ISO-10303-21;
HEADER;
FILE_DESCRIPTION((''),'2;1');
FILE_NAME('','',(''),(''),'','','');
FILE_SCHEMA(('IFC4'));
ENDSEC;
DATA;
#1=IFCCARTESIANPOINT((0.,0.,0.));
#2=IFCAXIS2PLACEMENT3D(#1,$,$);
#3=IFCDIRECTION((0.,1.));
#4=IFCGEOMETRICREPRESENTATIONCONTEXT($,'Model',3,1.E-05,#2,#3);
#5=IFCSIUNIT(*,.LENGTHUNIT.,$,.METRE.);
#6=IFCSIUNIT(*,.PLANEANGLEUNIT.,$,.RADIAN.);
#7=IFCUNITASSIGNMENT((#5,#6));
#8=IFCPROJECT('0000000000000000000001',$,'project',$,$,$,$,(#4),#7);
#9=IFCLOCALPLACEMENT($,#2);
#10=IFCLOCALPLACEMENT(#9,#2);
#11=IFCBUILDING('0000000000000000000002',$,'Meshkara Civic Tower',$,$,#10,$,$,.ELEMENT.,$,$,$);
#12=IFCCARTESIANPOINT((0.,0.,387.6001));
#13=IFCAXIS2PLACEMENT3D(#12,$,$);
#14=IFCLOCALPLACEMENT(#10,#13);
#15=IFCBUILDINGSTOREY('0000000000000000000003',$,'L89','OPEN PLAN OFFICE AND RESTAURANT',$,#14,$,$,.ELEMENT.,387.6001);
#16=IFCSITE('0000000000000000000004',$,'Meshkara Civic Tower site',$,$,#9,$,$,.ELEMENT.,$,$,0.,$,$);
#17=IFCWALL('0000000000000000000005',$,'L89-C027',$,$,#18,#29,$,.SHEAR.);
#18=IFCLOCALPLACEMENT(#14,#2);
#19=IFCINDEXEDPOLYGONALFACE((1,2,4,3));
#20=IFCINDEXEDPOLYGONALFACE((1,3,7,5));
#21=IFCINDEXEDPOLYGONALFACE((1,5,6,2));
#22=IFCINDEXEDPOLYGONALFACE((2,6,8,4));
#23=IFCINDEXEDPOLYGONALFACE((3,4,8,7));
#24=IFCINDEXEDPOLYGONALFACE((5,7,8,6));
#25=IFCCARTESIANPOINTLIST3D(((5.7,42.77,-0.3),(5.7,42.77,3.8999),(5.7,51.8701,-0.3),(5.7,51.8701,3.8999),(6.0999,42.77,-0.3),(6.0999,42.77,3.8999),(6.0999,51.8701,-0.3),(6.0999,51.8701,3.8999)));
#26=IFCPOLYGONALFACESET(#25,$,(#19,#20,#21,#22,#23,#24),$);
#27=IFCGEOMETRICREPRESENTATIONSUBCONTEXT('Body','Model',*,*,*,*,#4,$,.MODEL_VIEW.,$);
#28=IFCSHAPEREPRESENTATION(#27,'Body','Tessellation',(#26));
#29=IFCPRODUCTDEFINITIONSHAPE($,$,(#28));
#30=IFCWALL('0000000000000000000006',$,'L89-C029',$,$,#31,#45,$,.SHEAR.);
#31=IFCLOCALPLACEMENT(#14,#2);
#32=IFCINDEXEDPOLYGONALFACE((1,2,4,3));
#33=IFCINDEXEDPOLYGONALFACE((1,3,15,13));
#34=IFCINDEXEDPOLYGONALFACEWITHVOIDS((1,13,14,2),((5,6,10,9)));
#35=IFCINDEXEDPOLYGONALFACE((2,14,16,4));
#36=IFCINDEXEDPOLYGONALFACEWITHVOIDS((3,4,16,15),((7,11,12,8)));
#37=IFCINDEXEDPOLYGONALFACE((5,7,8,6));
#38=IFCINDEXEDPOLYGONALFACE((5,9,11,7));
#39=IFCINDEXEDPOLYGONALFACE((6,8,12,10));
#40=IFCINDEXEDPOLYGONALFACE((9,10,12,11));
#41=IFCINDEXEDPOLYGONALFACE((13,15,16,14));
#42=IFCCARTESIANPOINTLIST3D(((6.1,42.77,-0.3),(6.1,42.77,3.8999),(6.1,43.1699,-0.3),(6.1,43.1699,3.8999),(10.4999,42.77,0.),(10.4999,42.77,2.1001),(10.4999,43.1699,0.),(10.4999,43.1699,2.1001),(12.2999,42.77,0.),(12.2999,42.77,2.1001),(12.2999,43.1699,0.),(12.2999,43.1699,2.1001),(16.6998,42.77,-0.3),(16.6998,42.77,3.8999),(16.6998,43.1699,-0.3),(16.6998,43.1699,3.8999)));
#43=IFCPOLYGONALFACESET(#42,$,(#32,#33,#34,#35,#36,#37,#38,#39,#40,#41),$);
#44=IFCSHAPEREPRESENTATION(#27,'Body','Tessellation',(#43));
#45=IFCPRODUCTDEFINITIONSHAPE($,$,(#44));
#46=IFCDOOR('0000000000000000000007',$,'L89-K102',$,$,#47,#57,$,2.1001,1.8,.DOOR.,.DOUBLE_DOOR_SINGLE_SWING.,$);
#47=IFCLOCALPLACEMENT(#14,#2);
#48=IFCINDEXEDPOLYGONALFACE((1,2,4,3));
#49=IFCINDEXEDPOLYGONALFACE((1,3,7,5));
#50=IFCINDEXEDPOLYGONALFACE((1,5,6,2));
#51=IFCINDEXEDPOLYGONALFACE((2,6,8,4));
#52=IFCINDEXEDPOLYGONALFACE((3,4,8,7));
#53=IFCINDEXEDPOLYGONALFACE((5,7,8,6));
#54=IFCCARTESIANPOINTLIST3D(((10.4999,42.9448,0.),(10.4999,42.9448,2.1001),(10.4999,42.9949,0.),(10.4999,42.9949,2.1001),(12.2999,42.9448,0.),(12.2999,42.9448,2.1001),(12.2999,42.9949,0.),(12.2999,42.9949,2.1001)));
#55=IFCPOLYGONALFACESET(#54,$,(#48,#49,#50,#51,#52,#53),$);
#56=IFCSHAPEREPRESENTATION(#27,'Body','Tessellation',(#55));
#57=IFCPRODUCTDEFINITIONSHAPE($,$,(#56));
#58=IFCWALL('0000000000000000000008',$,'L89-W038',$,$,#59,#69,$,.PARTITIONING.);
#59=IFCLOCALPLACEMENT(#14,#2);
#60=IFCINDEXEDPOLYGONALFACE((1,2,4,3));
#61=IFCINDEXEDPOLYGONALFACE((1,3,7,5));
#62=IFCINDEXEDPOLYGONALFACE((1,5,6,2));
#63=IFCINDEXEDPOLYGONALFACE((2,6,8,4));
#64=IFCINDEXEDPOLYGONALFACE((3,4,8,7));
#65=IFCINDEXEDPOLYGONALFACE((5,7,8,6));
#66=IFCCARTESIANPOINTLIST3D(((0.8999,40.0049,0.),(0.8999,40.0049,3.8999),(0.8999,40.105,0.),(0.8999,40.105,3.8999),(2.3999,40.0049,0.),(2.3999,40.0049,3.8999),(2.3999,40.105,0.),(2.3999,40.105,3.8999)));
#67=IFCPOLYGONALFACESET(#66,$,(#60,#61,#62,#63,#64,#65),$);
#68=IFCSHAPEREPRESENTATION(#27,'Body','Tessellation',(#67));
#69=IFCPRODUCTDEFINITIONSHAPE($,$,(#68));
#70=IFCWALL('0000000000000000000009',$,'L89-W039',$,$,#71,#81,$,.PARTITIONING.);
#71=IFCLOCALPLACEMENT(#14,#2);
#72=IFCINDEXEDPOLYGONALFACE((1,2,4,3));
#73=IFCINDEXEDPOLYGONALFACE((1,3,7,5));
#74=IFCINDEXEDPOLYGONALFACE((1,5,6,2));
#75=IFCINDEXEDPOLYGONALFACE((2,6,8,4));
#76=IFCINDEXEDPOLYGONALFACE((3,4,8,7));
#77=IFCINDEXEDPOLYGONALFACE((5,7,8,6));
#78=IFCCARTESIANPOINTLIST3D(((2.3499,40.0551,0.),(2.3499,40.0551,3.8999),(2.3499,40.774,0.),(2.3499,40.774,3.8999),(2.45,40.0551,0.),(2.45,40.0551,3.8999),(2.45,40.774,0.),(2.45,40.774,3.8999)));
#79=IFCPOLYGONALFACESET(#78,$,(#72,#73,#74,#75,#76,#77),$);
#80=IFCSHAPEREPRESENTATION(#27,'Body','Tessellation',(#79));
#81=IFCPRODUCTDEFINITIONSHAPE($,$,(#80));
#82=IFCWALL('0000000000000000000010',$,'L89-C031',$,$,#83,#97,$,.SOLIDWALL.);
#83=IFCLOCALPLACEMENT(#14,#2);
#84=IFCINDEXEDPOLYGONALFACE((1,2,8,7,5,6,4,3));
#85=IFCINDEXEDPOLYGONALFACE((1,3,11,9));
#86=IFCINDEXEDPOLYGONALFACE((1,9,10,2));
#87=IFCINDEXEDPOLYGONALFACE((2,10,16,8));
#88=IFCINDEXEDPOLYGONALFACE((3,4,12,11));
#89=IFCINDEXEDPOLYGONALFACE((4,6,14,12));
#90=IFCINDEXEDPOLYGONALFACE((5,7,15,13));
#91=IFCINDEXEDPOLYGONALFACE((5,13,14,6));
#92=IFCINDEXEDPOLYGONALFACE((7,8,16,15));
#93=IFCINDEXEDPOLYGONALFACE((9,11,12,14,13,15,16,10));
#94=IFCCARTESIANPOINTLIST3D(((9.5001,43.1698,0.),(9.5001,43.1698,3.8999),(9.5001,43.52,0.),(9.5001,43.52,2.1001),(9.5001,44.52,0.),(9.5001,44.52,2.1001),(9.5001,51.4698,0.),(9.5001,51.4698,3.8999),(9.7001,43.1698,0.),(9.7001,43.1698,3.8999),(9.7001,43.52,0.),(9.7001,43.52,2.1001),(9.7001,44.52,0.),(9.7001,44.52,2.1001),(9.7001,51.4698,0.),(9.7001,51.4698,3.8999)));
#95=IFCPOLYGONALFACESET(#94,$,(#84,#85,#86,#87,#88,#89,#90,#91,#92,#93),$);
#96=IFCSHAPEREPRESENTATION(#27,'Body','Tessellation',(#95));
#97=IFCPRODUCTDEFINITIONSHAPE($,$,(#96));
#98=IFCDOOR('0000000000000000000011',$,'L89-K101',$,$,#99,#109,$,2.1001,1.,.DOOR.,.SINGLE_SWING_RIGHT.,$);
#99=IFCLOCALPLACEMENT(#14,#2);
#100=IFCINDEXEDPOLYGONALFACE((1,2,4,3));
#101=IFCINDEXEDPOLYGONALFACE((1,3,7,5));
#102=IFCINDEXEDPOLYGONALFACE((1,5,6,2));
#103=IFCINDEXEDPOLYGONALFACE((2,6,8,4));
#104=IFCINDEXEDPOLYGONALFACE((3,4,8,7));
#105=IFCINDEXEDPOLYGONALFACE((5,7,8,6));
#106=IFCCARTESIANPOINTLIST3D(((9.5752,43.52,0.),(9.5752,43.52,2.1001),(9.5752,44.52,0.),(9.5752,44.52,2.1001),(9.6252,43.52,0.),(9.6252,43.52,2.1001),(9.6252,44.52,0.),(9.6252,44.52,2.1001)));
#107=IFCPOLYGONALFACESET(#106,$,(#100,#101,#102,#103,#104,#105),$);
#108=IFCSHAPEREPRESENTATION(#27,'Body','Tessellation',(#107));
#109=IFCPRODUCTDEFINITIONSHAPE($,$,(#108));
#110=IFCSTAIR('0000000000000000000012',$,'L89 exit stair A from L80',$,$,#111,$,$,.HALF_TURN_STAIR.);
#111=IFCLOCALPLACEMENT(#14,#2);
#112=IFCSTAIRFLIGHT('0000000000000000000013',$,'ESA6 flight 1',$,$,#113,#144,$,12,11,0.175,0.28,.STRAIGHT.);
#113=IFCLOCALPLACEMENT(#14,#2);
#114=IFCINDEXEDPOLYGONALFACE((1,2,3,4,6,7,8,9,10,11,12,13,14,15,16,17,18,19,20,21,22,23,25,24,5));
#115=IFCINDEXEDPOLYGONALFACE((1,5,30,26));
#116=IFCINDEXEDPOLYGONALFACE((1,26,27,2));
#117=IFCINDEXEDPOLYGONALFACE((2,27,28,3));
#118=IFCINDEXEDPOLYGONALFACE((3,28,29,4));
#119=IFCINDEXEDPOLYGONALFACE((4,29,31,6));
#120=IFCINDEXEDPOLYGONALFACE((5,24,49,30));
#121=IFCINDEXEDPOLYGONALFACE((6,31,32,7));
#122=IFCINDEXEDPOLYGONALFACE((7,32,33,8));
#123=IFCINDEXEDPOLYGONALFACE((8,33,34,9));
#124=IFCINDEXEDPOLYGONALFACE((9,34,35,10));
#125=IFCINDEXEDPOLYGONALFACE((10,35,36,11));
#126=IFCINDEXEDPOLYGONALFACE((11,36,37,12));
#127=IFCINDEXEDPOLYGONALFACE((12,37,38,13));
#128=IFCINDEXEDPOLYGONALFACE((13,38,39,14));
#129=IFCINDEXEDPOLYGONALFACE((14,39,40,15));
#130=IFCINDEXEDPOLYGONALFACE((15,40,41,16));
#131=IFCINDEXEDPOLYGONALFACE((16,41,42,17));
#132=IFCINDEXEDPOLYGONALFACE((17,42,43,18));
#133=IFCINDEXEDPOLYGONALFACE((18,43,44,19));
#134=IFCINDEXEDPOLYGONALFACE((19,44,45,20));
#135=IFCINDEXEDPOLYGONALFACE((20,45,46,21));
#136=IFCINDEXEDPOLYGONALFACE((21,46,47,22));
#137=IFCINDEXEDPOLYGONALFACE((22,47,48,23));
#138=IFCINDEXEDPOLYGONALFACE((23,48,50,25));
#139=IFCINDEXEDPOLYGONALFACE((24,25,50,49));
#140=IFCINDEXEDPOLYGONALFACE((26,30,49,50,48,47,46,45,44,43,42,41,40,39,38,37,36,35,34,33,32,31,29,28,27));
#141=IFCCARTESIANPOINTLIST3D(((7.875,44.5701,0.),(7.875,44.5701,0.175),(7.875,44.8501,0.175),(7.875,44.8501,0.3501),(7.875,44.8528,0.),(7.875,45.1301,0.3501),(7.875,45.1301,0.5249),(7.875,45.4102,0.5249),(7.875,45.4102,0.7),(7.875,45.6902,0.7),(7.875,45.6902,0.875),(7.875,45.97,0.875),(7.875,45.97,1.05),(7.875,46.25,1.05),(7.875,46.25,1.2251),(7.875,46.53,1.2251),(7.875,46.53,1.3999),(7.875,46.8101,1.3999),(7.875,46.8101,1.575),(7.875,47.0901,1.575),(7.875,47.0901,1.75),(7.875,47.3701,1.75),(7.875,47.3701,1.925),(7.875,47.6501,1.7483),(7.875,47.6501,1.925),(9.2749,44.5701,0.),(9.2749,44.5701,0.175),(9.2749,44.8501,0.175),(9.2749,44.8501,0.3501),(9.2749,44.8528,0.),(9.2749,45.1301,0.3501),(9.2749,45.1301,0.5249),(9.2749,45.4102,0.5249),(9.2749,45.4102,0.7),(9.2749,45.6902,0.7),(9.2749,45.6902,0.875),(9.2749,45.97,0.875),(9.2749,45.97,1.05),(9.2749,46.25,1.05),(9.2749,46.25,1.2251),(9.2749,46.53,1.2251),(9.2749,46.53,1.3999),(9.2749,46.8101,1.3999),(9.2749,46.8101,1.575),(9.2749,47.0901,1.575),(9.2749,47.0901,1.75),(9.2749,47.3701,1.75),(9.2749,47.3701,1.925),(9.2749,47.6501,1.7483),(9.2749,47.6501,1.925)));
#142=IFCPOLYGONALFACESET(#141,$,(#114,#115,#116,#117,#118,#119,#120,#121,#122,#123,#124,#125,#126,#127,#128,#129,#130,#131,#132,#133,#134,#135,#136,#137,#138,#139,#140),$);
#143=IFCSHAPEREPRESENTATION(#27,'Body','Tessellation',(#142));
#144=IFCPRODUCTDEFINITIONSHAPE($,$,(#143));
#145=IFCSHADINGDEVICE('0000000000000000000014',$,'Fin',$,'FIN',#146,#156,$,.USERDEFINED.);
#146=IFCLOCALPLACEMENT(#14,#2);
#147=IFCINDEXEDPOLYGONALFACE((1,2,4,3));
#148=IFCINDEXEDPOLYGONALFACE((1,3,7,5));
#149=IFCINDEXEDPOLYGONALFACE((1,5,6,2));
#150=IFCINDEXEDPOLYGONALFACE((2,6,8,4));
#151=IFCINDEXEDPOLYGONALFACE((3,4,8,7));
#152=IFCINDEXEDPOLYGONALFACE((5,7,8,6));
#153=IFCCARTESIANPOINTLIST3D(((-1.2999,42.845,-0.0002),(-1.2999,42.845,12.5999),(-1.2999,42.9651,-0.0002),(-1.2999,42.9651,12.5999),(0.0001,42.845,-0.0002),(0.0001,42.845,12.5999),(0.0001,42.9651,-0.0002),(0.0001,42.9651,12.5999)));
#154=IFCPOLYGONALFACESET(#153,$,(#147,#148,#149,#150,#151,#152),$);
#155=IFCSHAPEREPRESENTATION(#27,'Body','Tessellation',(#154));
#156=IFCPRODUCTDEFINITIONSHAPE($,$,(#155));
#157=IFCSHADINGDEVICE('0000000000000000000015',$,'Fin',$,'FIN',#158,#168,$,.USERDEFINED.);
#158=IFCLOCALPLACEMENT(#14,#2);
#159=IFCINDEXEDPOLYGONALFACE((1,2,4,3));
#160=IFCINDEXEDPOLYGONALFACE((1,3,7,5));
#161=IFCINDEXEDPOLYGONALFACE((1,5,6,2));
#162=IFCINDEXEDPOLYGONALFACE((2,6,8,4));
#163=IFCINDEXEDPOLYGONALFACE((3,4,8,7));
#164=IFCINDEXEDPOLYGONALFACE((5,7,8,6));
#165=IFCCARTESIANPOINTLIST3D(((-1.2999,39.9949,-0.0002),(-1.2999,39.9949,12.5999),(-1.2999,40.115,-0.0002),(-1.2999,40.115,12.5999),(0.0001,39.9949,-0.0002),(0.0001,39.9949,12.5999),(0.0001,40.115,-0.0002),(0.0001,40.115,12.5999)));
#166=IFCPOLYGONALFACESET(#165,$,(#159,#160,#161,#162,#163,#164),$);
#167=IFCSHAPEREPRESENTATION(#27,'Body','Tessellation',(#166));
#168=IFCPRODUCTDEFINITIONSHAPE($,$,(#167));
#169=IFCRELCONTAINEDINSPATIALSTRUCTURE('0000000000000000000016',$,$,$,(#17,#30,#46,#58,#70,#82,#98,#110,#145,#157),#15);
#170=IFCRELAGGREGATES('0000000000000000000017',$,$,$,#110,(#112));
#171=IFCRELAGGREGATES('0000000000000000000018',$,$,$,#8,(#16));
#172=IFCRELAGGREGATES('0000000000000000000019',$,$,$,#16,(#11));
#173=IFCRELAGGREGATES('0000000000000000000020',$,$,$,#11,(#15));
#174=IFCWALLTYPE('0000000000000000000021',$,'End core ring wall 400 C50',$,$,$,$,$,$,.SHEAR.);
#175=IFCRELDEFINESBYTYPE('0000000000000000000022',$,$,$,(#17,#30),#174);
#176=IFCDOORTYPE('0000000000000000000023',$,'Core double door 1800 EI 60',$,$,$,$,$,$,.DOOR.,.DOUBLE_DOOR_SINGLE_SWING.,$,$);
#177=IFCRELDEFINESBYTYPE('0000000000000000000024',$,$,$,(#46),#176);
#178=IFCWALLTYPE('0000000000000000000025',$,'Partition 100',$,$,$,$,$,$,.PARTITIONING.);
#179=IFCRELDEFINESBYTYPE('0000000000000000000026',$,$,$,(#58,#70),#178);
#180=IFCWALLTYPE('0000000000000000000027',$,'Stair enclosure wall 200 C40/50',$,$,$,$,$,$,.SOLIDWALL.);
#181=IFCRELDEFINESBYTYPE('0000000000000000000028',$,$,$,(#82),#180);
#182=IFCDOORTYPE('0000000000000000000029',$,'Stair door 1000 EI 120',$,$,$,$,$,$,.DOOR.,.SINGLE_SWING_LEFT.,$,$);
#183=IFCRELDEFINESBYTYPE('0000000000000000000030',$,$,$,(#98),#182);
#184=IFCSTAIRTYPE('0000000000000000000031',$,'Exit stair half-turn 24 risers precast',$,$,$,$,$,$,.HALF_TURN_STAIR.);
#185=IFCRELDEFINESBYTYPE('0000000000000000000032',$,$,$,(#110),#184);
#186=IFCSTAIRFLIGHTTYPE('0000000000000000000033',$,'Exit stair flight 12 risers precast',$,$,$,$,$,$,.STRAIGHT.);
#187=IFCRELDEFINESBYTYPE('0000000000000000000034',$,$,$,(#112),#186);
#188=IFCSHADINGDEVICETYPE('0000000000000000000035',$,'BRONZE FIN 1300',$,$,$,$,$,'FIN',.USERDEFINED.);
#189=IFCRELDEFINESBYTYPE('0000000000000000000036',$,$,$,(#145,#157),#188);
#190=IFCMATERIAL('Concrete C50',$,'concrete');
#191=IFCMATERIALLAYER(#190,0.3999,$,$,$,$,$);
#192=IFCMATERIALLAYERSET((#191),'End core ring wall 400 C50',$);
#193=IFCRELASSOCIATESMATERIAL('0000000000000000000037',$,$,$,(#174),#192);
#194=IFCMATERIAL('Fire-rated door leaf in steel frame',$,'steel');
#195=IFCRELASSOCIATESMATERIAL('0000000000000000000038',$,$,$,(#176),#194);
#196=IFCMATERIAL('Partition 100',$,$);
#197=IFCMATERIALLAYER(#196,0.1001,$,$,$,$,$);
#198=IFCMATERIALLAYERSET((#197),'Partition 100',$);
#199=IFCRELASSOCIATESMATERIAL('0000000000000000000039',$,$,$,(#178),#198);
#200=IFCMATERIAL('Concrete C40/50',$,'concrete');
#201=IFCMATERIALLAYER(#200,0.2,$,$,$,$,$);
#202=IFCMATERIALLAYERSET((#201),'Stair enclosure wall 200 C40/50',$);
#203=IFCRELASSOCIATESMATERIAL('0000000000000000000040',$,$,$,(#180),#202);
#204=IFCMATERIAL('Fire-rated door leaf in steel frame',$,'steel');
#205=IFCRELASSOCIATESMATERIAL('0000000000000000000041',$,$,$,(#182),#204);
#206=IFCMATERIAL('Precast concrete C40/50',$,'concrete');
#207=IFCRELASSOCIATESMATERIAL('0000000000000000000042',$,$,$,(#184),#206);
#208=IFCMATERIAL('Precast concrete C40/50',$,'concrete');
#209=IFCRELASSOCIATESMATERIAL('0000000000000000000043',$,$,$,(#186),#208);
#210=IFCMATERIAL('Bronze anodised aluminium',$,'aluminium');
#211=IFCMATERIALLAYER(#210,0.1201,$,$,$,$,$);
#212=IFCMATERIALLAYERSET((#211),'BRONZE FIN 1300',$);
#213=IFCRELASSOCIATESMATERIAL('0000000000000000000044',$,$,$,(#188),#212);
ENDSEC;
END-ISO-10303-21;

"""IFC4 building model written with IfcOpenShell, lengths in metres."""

from ifc_helpers import new_model, si_unit, direction, frame, frame_2d, origin, origin_2d, place, context, subcontext, project, spatial, polyline, rectangle, outline, extrude, material, layer, layer_set, type_object, element, fill, aggregate, save


model = new_model("IFC4")

# Units and contexts
model_context = context("Model", 3, precision=1e-05, world=origin(), true_north=direction((0.0, 1.0)))
body_context = subcontext(model_context, "Body", "Model", "MODEL_VIEW")
ifc_project = project(units=[si_unit("LENGTHUNIT", "METRE"), si_unit("PLANEANGLEUNIT", "RADIAN")], contexts=[model_context])

# Site, building, storey
site_placement = place(None, origin())
site = spatial("IfcSite", under=ifc_project, at=site_placement, Name="Meshkara Civic Tower site", CompositionType="ELEMENT", RefElevation=0.0)
building_placement = place(site_placement, origin())
building = spatial("IfcBuilding", under=site, at=building_placement, Name="Meshkara Civic Tower", CompositionType="ELEMENT")
storey_placement = place(building_placement, frame((0.0, 0.0, 387.6001)))
storey = spatial("IfcBuildingStorey", under=building, at=storey_placement, Name="L89", Description="OPEN PLAN OFFICE AND RESTAURANT", CompositionType="ELEMENT", Elevation=387.6001)

# Wall
ifc_material_1 = material(Name="Concrete C50", Category="concrete")
ifc_layer_1 = layer(ifc_material_1, 0.3999)
ifc_layer_set_1 = layer_set([ifc_layer_1], Name="End core ring wall 400 C50")
wall_type_1 = type_object("IfcWallType", Name="End core ring wall 400 C50", PredefinedType="SHEAR", material=ifc_layer_set_1)
wall_1_placement = place(storey_placement, frame((5.8999, 42.77, -0.3), z_axis=(0.0, 0.0, 1.0), x_axis=(0.0, 1.0, 0.0)))
element("IfcWall", 1, at=wall_1_placement, inside=storey, type_object=wall_type_1, Name="L89-C027", PredefinedType="SHEAR", context=body_context, shape_type="SweptSolid", body=[
    extrude(rectangle(XDim=9.1001, YDim=0.3999, at=frame_2d((4.55, 0.0))), origin(), (0.0, 0.0, 1.0), 4.2),
])

# Wall, opening, door
wall_2_placement = place(storey_placement, frame((6.1001, 42.97, -0.3), z_axis=(0.0, 0.0, 1.0), x_axis=(1.0, 0.0, 0.0)))
wall_2 = element("IfcWall", 2, at=wall_2_placement, inside=storey, type_object=wall_type_1, Name="L89-C029", PredefinedType="SHEAR", context=body_context, shape_type="SweptSolid", body=[
    extrude(rectangle(XDim=10.5999, YDim=0.3999, at=frame_2d((5.2998, 0.0))), origin(), (0.0, 0.0, 1.0), 4.2),
])
opening_1_placement = place(wall_2_placement, frame((4.3999, 0.0, 0.3)))
opening_1 = element("IfcOpeningElement", 3, at=opening_1_placement, cuts=wall_2, PredefinedType="OPENING", context=body_context, shape_type="SweptSolid", body=[
    extrude(rectangle(XDim=1.8, YDim=2.1001, at=frame_2d((0.8999, 1.05))), frame((0.0, 0.21, 0.0), z_axis=(0.0, -1.0, 0.0), x_axis=(1.0, 0.0, 0.0)), (0.0, 0.0, 1.0), 0.4199),
])
ifc_material_2 = material(Name="Fire-rated door leaf in steel frame", Category="steel")
door_type_1 = type_object("IfcDoorType", Name="Core double door 1800 EI 60", OperationType="DOUBLE_DOOR_SINGLE_SWING", PredefinedType="DOOR", material=ifc_material_2)
door_1_placement = place(opening_1_placement, origin())
door_1 = element("IfcDoor", 4, at=door_1_placement, inside=storey, type_object=door_type_1, Name="L89-K102", OperationType="DOUBLE_DOOR_SINGLE_SWING", OverallHeight=2.1001, OverallWidth=1.8, PredefinedType="DOOR", context=body_context, shape_type="SweptSolid", body=[
    extrude(rectangle(XDim=1.8, YDim=2.1001, at=frame_2d((0.8999, 1.05))), frame((0.0, 0.0249, 0.0), z_axis=(0.0, -1.0, 0.0), x_axis=(1.0, 0.0, 0.0)), (0.0, 0.0, 1.0), 0.05),
])
fill(opening_1, door_1)

# Walls
ifc_material_3 = material(Name="Partition 100")
ifc_layer_2 = layer(ifc_material_3, 0.1001)
ifc_layer_set_2 = layer_set([ifc_layer_2], Name="Partition 100")
wall_type_2 = type_object("IfcWallType", Name="Partition 100", PredefinedType="PARTITIONING", material=ifc_layer_set_2)
wall_3_placement = place(storey_placement, frame((2.3999, 40.0549, 0.0), z_axis=(0.0, 0.0, 1.0), x_axis=(-1.0, 0.0, 0.0)))
element("IfcWall", 5, at=wall_3_placement, inside=storey, type_object=wall_type_2, Name="L89-W038", PredefinedType="PARTITIONING", context=body_context, shape_type="SweptSolid", body=[
    extrude(rectangle(XDim=1.5, YDim=0.1001, at=frame_2d((0.75, 0.0))), origin(), (0.0, 0.0, 1.0), 3.8999),
])
wall_4_placement = place(storey_placement, frame((2.3999, 40.7739, 0.0), z_axis=(0.0, 0.0, 1.0), x_axis=(0.0, -1.0, 0.0)))
element("IfcWall", 6, at=wall_4_placement, inside=storey, type_object=wall_type_2, Name="L89-W039", PredefinedType="PARTITIONING", context=body_context, shape_type="SweptSolid", body=[
    extrude(rectangle(XDim=0.719, YDim=0.1001, at=frame_2d((0.3594, 0.0))), origin(), (0.0, 0.0, 1.0), 3.8999),
])

# Wall, opening, door
ifc_material_4 = material(Name="Concrete C40/50", Category="concrete")
ifc_layer_3 = layer(ifc_material_4, 0.2)
ifc_layer_set_3 = layer_set([ifc_layer_3], Name="Stair enclosure wall 200 C40/50")
wall_type_3 = type_object("IfcWallType", Name="Stair enclosure wall 200 C40/50", PredefinedType="SOLIDWALL", material=ifc_layer_set_3)
wall_5_placement = place(storey_placement, frame((9.6001, 43.1699, 0.0), z_axis=(0.0, 0.0, 1.0), x_axis=(0.0, 1.0, 0.0)))
wall_5 = element("IfcWall", 7, at=wall_5_placement, inside=storey, type_object=wall_type_3, Name="L89-C031", PredefinedType="SOLIDWALL", context=body_context, shape_type="SweptSolid", body=[
    extrude(rectangle(XDim=8.3, YDim=0.2, at=frame_2d((4.1499, 0.0))), origin(), (0.0, 0.0, 1.0), 3.8999),
])
opening_2_placement = place(wall_5_placement, frame((0.3501, 0.0, 0.0)))
opening_2 = element("IfcOpeningElement", 8, at=opening_2_placement, cuts=wall_5, PredefinedType="OPENING", context=body_context, shape_type="SweptSolid", body=[
    extrude(rectangle(XDim=1.0, YDim=2.1001, at=frame_2d((0.5, 1.05))), frame((0.0, 0.1099, 0.0), z_axis=(0.0, -1.0, 0.0), x_axis=(1.0, 0.0, 0.0)), (0.0, 0.0, 1.0), 0.22),
])
ifc_material_5 = material(Name="Fire-rated door leaf in steel frame", Category="steel")
door_type_2 = type_object("IfcDoorType", Name="Stair door 1000 EI 120", OperationType="SINGLE_SWING_LEFT", PredefinedType="DOOR", material=ifc_material_5)
door_2_placement = place(opening_2_placement, origin())
door_2 = element("IfcDoor", 9, at=door_2_placement, inside=storey, type_object=door_type_2, Name="L89-K101", OperationType="SINGLE_SWING_RIGHT", OverallHeight=2.1001, OverallWidth=1.0, PredefinedType="DOOR", context=body_context, shape_type="SweptSolid", body=[
    extrude(rectangle(XDim=1.0, YDim=2.1001, at=frame_2d((0.5, 1.05))), frame((0.0, 0.0249, 0.0), z_axis=(0.0, -1.0, 0.0), x_axis=(1.0, 0.0, 0.0)), (0.0, 0.0, 1.0), 0.05),
])
fill(opening_2, door_2)

# Stair, stair flight
ifc_material_6 = material(Name="Precast concrete C40/50", Category="concrete")
stair_type = type_object("IfcStairType", Name="Exit stair half-turn 24 risers precast", PredefinedType="HALF_TURN_STAIR", material=ifc_material_6)
stair_placement = place(storey_placement, origin())
stair = element("IfcStair", 10, at=stair_placement, inside=storey, type_object=stair_type, Name="L89 exit stair A from L80", PredefinedType="HALF_TURN_STAIR")
ifc_material_7 = material(Name="Precast concrete C40/50", Category="concrete")
stair_flight_type = type_object("IfcStairFlightType", Name="Exit stair flight 12 risers precast", PredefinedType="STRAIGHT", material=ifc_material_7)
stair_flight_placement = place(storey_placement, frame((8.575, 44.5701, 0.0), z_axis=(0.0, 0.0, 1.0), x_axis=(0.0, 1.0, 0.0)))
stair_flight = element("IfcStairFlight", 11, at=stair_flight_placement, type_object=stair_flight_type, Name="ESA6 flight 1", NumberOfRisers=12, NumberOfTreads=11, PredefinedType="STRAIGHT", RiserHeight=0.175, TreadLength=0.28, context=body_context, shape_type="SweptSolid", body=[
    extrude(outline(polyline([(0.0, 0.0), (0.0, 0.175), (0.28, 0.175), (0.28, 0.3501), (0.5601, 0.3501), (0.5601, 0.5249), (0.8401, 0.5249), (0.8401, 0.7), (1.1201, 0.7), (1.1201, 0.875), (1.3999, 0.875), (1.3999, 1.05), (1.6799, 1.05), (1.6799, 1.2251), (1.96, 1.2251), (1.96, 1.3999), (2.24, 1.3999), (2.24, 1.575), (2.52, 1.575), (2.52, 1.75), (2.8, 1.75), (2.8, 1.925), (3.0801, 1.925), (3.0801, 2.1001), (3.0801, 1.7483), (0.2827, 0.0), (0.0, 0.0)])), frame((0.0, 0.7, 0.0), z_axis=(0.0, -1.0, 0.0), x_axis=(1.0, 0.0, 0.0)), (0.0, 0.0, 1.0), 1.3999),
])
aggregate(stair, [stair_flight])

# Shading devices
ifc_material_8 = material(Name="Bronze anodised aluminium", Category="aluminium")
ifc_layer_4 = layer(ifc_material_8, 0.1201)
ifc_layer_set_4 = layer_set([ifc_layer_4], Name="BRONZE FIN 1300")
shading_device_type = type_object("IfcShadingDeviceType", Name="BRONZE FIN 1300", ElementType="FIN", PredefinedType="USERDEFINED", material=ifc_layer_set_4)
for number, where, z_axis, x_axis, name in (
    (12, (-0.6499, 42.905, -0.0002), (0.0, 0.0, 1.0), (0.0, -1.0, 0.0), "Fin"),
    (13, (-0.6499, 40.0549, -0.0002), (0.0, 0.0, 1.0), (0.0, -1.0, 0.0), "Fin"),
):
    element("IfcShadingDevice", number, at=place(storey_placement, frame(where, z_axis=z_axis, x_axis=x_axis)), inside=storey, type_object=shading_device_type, Name=name, ObjectType="FIN", PredefinedType="USERDEFINED", context=body_context, shape_type="SweptSolid", body=[
        extrude(rectangle(XDim=0.1201, YDim=1.3, at=origin_2d()), origin(), (0.0, 0.0, 1.0), 12.6001),
    ])

save(model, "model.ifc")
